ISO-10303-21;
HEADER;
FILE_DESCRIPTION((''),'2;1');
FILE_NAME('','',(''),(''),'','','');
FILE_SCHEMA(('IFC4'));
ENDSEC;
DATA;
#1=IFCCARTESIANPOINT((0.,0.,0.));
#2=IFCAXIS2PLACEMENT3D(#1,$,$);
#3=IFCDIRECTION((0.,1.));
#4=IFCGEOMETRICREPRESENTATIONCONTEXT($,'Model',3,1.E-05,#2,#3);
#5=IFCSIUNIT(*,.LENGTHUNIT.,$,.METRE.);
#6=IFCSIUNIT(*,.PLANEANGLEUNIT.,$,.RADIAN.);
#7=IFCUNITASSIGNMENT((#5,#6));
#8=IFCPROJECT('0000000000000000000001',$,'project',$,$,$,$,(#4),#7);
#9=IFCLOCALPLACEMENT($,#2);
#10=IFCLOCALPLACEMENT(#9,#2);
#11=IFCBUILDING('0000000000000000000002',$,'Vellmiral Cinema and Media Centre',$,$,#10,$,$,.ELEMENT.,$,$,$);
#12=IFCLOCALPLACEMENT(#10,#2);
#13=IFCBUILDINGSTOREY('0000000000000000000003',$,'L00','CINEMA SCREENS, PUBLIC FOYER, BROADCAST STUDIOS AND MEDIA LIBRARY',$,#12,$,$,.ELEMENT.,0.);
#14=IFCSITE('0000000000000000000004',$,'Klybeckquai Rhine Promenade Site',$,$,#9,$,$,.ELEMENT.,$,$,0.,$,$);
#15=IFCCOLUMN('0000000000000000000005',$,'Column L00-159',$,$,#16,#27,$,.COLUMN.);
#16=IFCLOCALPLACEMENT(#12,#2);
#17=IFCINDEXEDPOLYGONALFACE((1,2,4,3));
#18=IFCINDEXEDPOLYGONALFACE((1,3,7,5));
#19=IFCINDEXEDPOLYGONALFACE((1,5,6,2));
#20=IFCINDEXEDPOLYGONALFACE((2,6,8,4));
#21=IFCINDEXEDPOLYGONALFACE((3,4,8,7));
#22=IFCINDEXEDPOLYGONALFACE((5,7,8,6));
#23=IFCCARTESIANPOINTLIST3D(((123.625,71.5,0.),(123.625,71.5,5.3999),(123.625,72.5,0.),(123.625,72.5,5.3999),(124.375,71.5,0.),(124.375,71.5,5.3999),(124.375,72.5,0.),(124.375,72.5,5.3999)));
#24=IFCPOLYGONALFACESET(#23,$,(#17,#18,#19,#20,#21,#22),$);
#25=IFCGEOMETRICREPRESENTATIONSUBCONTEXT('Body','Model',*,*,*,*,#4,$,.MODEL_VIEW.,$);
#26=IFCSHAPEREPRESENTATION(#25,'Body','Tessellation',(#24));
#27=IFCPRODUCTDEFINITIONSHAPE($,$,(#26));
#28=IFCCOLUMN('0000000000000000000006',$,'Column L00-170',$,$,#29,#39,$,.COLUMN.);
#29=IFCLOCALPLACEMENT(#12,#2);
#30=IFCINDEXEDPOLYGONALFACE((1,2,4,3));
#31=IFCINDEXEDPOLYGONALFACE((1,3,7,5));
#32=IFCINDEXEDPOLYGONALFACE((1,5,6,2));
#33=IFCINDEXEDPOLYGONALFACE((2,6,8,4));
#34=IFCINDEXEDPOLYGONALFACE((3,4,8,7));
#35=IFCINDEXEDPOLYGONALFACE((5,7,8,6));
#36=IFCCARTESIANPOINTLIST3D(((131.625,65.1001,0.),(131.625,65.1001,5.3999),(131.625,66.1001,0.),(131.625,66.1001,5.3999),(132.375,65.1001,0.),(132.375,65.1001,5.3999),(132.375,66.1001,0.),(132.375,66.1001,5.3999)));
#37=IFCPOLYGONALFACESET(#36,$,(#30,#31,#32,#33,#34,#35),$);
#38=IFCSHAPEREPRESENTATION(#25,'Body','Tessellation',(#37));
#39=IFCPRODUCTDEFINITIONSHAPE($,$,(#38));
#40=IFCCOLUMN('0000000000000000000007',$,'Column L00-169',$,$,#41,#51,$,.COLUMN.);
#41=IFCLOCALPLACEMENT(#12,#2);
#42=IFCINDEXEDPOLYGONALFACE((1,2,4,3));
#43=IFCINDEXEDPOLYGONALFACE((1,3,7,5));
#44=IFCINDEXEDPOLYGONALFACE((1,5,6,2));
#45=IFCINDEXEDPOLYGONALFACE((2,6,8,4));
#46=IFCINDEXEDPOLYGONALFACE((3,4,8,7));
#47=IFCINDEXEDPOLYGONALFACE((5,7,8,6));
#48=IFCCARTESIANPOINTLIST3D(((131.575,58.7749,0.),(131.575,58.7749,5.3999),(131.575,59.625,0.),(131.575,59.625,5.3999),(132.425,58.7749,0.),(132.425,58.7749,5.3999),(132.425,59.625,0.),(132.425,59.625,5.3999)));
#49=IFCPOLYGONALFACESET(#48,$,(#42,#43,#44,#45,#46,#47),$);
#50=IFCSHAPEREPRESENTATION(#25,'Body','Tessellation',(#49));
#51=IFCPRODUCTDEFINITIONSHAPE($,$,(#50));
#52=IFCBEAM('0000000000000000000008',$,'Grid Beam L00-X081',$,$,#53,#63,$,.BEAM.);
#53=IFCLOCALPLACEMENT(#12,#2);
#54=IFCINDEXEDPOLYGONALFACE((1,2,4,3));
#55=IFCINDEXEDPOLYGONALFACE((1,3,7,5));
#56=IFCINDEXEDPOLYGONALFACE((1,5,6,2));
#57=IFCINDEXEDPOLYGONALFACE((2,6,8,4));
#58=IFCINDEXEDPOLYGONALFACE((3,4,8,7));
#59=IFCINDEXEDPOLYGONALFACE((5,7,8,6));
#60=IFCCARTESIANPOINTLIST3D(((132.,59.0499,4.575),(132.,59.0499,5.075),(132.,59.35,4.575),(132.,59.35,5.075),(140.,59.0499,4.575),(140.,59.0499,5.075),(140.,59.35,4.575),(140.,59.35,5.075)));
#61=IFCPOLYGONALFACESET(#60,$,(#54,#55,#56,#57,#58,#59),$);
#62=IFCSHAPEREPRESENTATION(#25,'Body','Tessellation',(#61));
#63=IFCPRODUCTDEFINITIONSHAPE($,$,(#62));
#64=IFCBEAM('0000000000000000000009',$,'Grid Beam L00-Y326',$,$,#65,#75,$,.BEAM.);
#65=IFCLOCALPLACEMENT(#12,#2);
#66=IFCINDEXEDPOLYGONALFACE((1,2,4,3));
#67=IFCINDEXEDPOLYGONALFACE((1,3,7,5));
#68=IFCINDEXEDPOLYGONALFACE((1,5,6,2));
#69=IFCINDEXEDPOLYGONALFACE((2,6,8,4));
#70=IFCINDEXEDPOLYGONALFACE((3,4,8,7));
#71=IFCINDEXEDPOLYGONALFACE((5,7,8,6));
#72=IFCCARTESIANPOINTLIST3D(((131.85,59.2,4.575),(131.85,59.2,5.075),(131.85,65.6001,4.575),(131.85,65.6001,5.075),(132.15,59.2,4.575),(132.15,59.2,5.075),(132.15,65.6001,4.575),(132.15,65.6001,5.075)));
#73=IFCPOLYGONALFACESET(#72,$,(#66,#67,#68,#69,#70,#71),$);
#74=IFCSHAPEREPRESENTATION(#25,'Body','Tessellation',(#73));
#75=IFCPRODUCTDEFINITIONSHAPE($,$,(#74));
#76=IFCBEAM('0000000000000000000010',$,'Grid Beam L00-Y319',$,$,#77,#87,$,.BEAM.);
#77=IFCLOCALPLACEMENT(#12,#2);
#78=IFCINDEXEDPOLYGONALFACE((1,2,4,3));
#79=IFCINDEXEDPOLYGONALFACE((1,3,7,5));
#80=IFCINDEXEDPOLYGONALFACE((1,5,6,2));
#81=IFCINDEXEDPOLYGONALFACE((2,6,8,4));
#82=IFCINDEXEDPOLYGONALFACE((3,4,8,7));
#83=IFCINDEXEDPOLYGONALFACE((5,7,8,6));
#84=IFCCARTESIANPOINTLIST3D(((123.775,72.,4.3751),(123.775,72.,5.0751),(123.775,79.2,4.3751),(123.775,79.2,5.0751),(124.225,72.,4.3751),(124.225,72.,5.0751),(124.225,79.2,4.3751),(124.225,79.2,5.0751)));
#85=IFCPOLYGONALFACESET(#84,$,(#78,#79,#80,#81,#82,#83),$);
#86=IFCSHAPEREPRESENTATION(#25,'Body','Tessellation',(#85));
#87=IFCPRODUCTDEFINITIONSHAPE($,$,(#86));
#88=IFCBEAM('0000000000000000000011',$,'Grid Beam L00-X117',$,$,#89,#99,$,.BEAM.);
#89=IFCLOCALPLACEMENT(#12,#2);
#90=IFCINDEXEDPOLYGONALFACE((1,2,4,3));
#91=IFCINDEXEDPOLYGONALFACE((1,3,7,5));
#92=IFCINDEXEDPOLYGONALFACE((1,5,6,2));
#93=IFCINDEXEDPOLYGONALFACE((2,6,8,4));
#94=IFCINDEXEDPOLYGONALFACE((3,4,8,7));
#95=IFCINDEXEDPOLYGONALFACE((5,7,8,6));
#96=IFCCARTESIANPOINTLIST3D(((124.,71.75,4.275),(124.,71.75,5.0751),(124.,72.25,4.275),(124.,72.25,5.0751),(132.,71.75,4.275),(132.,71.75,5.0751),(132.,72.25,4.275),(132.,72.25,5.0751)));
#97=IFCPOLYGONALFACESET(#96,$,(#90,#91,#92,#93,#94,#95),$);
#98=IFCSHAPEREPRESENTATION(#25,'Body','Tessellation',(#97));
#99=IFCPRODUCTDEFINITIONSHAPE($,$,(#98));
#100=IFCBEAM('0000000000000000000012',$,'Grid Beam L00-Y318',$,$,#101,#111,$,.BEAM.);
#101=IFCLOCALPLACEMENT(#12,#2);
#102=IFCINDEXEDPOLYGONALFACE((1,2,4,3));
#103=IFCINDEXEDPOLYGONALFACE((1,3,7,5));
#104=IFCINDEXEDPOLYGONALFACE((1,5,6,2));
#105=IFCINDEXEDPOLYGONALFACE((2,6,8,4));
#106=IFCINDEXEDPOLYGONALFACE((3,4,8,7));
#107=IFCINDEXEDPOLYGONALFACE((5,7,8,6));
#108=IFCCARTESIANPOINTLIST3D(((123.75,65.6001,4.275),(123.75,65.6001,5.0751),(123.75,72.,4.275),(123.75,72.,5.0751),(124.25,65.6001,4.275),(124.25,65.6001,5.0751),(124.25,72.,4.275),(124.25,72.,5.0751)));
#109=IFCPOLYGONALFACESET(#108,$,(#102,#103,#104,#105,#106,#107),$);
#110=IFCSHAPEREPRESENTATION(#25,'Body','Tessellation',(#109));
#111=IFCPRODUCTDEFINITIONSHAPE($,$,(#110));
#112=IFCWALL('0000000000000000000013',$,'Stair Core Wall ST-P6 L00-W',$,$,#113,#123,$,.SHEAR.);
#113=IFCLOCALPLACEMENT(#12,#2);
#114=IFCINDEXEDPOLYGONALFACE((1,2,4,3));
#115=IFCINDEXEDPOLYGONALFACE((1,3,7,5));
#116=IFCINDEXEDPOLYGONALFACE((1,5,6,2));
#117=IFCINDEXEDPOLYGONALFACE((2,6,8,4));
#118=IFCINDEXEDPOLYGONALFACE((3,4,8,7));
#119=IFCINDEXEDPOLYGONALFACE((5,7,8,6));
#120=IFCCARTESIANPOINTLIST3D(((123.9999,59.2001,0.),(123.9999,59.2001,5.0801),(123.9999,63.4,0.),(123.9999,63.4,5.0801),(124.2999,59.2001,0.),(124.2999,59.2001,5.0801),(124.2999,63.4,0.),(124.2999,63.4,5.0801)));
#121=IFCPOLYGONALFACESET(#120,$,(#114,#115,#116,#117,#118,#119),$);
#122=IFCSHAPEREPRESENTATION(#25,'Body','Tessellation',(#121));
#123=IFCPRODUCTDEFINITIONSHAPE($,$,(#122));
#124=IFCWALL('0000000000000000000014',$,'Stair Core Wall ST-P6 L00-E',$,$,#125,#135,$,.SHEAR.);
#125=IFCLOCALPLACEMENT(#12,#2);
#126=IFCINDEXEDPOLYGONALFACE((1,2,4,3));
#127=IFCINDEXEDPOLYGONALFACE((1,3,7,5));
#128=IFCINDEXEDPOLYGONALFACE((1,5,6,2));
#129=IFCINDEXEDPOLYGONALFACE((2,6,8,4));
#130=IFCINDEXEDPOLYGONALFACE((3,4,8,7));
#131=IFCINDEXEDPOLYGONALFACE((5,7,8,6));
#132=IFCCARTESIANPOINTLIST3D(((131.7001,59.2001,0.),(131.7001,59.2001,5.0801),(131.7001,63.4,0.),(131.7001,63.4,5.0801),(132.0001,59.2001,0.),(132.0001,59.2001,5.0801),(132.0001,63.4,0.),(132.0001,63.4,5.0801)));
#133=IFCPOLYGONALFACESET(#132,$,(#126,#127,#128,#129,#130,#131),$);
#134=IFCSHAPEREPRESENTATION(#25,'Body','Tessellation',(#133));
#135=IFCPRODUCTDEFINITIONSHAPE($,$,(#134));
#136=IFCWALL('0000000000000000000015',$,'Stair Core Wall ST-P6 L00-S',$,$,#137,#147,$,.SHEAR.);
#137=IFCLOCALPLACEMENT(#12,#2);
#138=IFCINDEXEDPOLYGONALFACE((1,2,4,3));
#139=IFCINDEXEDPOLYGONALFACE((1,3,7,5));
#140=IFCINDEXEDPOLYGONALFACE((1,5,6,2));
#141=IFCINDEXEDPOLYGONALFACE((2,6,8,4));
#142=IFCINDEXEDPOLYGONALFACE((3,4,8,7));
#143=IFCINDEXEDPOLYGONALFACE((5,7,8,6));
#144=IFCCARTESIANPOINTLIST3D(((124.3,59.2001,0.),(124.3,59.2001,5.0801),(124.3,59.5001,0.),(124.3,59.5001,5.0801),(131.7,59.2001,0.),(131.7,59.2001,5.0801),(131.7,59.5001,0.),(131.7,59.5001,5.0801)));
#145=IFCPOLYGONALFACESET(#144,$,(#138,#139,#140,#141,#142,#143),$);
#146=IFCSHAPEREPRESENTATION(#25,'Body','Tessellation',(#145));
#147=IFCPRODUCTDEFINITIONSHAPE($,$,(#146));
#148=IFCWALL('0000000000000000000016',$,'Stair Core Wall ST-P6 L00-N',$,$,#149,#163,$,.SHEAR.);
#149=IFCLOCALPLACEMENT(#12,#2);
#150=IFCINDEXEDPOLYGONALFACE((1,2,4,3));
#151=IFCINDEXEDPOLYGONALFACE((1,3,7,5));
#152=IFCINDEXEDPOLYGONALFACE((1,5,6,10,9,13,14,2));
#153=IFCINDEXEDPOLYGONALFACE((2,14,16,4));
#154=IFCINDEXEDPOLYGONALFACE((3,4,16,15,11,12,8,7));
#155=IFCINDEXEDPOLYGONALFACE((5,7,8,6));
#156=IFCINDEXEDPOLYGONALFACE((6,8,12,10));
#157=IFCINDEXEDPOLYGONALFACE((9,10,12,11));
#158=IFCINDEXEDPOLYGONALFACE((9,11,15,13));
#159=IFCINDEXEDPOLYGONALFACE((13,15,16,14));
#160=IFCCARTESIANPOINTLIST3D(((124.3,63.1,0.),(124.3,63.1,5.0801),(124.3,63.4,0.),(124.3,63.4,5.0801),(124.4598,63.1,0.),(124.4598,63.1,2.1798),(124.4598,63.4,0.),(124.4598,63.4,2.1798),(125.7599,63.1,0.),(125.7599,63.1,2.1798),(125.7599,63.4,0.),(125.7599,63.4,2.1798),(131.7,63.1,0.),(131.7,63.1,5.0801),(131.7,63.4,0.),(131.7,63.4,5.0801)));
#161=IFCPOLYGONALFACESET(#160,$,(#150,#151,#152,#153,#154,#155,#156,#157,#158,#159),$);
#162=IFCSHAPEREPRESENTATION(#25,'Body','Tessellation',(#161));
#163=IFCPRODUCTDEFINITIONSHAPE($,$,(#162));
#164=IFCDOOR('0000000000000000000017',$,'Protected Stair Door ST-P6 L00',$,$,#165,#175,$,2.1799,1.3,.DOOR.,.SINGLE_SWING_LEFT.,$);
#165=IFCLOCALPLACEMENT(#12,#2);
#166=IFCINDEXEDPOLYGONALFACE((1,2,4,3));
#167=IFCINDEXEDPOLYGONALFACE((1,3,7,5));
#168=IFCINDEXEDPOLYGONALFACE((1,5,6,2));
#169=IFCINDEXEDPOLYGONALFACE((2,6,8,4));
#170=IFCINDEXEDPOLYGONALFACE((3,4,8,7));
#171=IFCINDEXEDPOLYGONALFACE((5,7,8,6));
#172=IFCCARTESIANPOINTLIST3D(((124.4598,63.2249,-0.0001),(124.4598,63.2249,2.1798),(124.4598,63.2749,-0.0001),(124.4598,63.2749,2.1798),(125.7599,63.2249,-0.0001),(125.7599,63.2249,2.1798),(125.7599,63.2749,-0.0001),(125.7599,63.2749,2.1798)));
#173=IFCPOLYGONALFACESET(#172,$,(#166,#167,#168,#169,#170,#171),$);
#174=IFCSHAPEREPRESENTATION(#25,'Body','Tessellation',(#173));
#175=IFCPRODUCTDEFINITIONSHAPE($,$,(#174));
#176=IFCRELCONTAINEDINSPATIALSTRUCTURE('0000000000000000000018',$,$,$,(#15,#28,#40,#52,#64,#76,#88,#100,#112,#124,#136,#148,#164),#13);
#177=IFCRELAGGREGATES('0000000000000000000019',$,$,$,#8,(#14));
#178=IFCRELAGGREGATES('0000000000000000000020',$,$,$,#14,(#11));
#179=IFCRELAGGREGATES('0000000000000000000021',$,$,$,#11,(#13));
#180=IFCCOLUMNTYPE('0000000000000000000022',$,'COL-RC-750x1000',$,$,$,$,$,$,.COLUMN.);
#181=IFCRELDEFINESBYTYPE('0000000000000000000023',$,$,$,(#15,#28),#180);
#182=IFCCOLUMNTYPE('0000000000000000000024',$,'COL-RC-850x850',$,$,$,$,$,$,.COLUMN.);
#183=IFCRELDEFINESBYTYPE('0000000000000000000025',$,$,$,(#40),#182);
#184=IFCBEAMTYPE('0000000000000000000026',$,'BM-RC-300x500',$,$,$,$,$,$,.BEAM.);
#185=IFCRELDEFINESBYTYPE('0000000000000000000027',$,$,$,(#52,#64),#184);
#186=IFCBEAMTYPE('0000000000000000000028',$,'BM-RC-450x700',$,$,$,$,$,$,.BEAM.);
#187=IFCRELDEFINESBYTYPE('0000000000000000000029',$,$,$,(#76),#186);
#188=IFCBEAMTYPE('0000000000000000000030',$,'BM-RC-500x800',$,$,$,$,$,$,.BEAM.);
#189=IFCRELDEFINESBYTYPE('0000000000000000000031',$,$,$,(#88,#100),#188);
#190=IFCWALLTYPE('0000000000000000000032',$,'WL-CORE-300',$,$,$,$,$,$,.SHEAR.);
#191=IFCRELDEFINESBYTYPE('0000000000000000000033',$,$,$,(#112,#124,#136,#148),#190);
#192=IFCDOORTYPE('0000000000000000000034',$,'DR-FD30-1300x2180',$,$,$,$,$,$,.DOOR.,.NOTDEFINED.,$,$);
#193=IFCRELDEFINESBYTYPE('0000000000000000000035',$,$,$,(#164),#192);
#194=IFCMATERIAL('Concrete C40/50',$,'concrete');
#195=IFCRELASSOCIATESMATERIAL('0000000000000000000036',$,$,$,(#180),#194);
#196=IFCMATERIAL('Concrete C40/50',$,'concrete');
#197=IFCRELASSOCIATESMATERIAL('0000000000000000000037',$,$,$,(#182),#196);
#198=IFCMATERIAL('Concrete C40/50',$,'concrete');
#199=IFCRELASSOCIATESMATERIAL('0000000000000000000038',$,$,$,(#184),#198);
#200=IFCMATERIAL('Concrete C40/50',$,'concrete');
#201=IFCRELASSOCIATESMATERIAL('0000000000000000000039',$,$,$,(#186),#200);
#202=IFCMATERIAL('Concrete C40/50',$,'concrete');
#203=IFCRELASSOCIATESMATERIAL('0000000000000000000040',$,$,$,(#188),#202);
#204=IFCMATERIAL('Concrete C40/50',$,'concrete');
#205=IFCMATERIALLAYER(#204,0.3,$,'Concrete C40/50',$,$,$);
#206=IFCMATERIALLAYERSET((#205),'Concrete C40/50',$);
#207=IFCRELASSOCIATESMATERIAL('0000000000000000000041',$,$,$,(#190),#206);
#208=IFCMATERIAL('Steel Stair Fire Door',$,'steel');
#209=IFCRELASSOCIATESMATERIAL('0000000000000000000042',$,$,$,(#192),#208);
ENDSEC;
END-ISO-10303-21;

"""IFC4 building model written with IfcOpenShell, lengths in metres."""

from ifc_helpers import new_model, si_unit, direction, frame, frame_2d, origin, origin_2d, place, context, subcontext, project, spatial, rectangle, extrude, material, layer, layer_set, material_profile, profile_set, type_object, element, fill, save


model = new_model("IFC4")

# Units and contexts
model_context = context("Model", 3, precision=1e-05, world=origin(), true_north=direction((0.0, 1.0)))
body_context = subcontext(model_context, "Body", "Model", "MODEL_VIEW")
ifc_project = project(units=[si_unit("LENGTHUNIT", "METRE"), si_unit("PLANEANGLEUNIT", "RADIAN")], contexts=[model_context])

# Site, building, storey
site_placement = place(None, origin())
site = spatial("IfcSite", under=ifc_project, at=site_placement, Name="Klybeckquai Rhine Promenade Site", CompositionType="ELEMENT", RefElevation=0.0)
building_placement = place(site_placement, origin())
building = spatial("IfcBuilding", under=site, at=building_placement, Name="Vellmiral Cinema and Media Centre", CompositionType="ELEMENT")
storey_placement = place(building_placement, origin())
storey = spatial("IfcBuildingStorey", under=building, at=storey_placement, Name="L00", Description="CINEMA SCREENS, PUBLIC FOYER, BROADCAST STUDIOS AND MEDIA LIBRARY", CompositionType="ELEMENT", Elevation=0.0)

# Columns
ifc_material_1 = material(Name="Concrete C40/50", Category="concrete")
ifc_material_profile_1 = material_profile(ifc_material_1, rectangle(XDim=0.75, YDim=1.0, at=origin_2d()), Name="RC 750x1000")
ifc_profile_set_1 = profile_set([ifc_material_profile_1], Name="Concrete C40/50")
column_type_1 = type_object("IfcColumnType", Name="COL-RC-750x1000", PredefinedType="COLUMN", material=ifc_profile_set_1)
for number, where, z_axis, x_axis, name in (
    (1, (124.0, 72.0, 0.0), (0.0, 0.0, 1.0), (1.0, 0.0, 0.0), "Column L00-159"),
    (2, (132.0, 65.6001, 0.0), (0.0, 0.0, 1.0), (1.0, 0.0, 0.0), "Column L00-170"),
):
    element("IfcColumn", number, at=place(storey_placement, frame(where, z_axis=z_axis, x_axis=x_axis)), inside=storey, type_object=column_type_1, Name=name, PredefinedType="COLUMN", context=body_context, shape_type="SweptSolid", body=[
        extrude(rectangle(XDim=0.75, YDim=1.0, at=origin_2d()), origin(), (0.0, 0.0, 1.0), 5.3999),
    ])
ifc_material_2 = material(Name="Concrete C40/50", Category="concrete")
ifc_material_profile_2 = material_profile(ifc_material_2, rectangle(XDim=0.8501, YDim=0.8501, at=origin_2d()), Name="RC 850x850")
ifc_profile_set_2 = profile_set([ifc_material_profile_2], Name="Concrete C40/50")
column_type_2 = type_object("IfcColumnType", Name="COL-RC-850x850", PredefinedType="COLUMN", material=ifc_profile_set_2)
column_placement = place(storey_placement, frame((132.0, 59.2, 0.0), z_axis=(0.0, 0.0, 1.0), x_axis=(1.0, 0.0, 0.0)))
element("IfcColumn", 3, at=column_placement, inside=storey, type_object=column_type_2, Name="Column L00-169", PredefinedType="COLUMN", context=body_context, shape_type="SweptSolid", body=[
    extrude(rectangle(XDim=0.8501, YDim=0.8501, at=origin_2d()), origin(), (0.0, 0.0, 1.0), 5.3999),
])

# Beams
ifc_material_3 = material(Name="Concrete C40/50", Category="concrete")
ifc_material_profile_3 = material_profile(ifc_material_3, rectangle(XDim=0.3, YDim=0.5, at=origin_2d()), Name="RC 300x500")
ifc_profile_set_3 = profile_set([ifc_material_profile_3], Name="Concrete C40/50")
beam_type_1 = type_object("IfcBeamType", Name="BM-RC-300x500", PredefinedType="BEAM", material=ifc_profile_set_3)
beam_1_placement = place(storey_placement, frame((132.0, 59.2, 4.825), z_axis=(1.0, 0.0, 0.0), x_axis=(0.0, 1.0, 0.0)))
element("IfcBeam", 4, at=beam_1_placement, inside=storey, type_object=beam_type_1, Name="Grid Beam L00-X081", PredefinedType="BEAM", context=body_context, shape_type="SweptSolid", body=[
    extrude(rectangle(XDim=0.3, YDim=0.5, at=origin_2d()), origin(), (0.0, 0.0, 1.0), 8.0),
])
beam_2_placement = place(storey_placement, frame((132.0, 59.2, 4.825), z_axis=(0.0, 1.0, 0.0), x_axis=(-1.0, 0.0, 0.0)))
element("IfcBeam", 5, at=beam_2_placement, inside=storey, type_object=beam_type_1, Name="Grid Beam L00-Y326", PredefinedType="BEAM", context=body_context, shape_type="SweptSolid", body=[
    extrude(rectangle(XDim=0.3, YDim=0.5, at=origin_2d()), origin(), (0.0, 0.0, 1.0), 6.4001),
])
ifc_material_4 = material(Name="Concrete C40/50", Category="concrete")
ifc_material_profile_4 = material_profile(ifc_material_4, rectangle(XDim=0.45, YDim=0.7, at=origin_2d()), Name="RC 450x700")
ifc_profile_set_4 = profile_set([ifc_material_profile_4], Name="Concrete C40/50")
beam_type_2 = type_object("IfcBeamType", Name="BM-RC-450x700", PredefinedType="BEAM", material=ifc_profile_set_4)
beam_3_placement = place(storey_placement, frame((124.0, 72.0, 4.7251), z_axis=(0.0, 1.0, 0.0), x_axis=(-1.0, 0.0, 0.0)))
element("IfcBeam", 6, at=beam_3_placement, inside=storey, type_object=beam_type_2, Name="Grid Beam L00-Y319", PredefinedType="BEAM", context=body_context, shape_type="SweptSolid", body=[
    extrude(rectangle(XDim=0.45, YDim=0.7, at=origin_2d()), origin(), (0.0, 0.0, 1.0), 7.2),
])
ifc_material_5 = material(Name="Concrete C40/50", Category="concrete")
ifc_material_profile_5 = material_profile(ifc_material_5, rectangle(XDim=0.5, YDim=0.8, at=origin_2d()), Name="RC 500x800")
ifc_profile_set_5 = profile_set([ifc_material_profile_5], Name="Concrete C40/50")
beam_type_3 = type_object("IfcBeamType", Name="BM-RC-500x800", PredefinedType="BEAM", material=ifc_profile_set_5)
beam_4_placement = place(storey_placement, frame((124.0, 72.0, 4.675), z_axis=(1.0, 0.0, 0.0), x_axis=(0.0, 1.0, 0.0)))
element("IfcBeam", 7, at=beam_4_placement, inside=storey, type_object=beam_type_3, Name="Grid Beam L00-X117", PredefinedType="BEAM", context=body_context, shape_type="SweptSolid", body=[
    extrude(rectangle(XDim=0.5, YDim=0.8, at=origin_2d()), origin(), (0.0, 0.0, 1.0), 8.0),
])
beam_5_placement = place(storey_placement, frame((124.0, 65.6001, 4.675), z_axis=(0.0, 1.0, 0.0), x_axis=(-1.0, 0.0, 0.0)))
element("IfcBeam", 8, at=beam_5_placement, inside=storey, type_object=beam_type_3, Name="Grid Beam L00-Y318", PredefinedType="BEAM", context=body_context, shape_type="SweptSolid", body=[
    extrude(rectangle(XDim=0.5, YDim=0.8, at=origin_2d()), origin(), (0.0, 0.0, 1.0), 6.3999),
])

# Walls
ifc_material_6 = material(Name="Concrete C40/50", Category="concrete")
ifc_layer_1 = layer(ifc_material_6, 0.3, Name="Concrete C40/50")
ifc_layer_set_1 = layer_set([ifc_layer_1], Name="Concrete C40/50")
wall_type_1 = type_object("IfcWallType", Name="WL-CORE-300", PredefinedType="SHEAR", material=ifc_layer_set_1)
for number, where, z_axis, x_axis, name in (
    (9, (124.1499, 59.2, 0.0), (0.0, 0.0, 1.0), (0.0, 1.0, 0.0), "Stair Core Wall ST-P6 L00-W"),
    (10, (131.8501, 59.2, 0.0), (0.0, 0.0, 1.0), (0.0, 1.0, 0.0), "Stair Core Wall ST-P6 L00-E"),
):
    element("IfcWall", number, at=place(storey_placement, frame(where, z_axis=z_axis, x_axis=x_axis)), inside=storey, type_object=wall_type_1, Name=name, PredefinedType="SHEAR", context=body_context, shape_type="SweptSolid", body=[
        extrude(rectangle(XDim=4.2, YDim=0.3, at=frame_2d((2.1001, 0.0))), origin(), (0.0, 0.0, 1.0), 5.0801),
    ])
wall_1_placement = place(storey_placement, frame((124.3, 59.3501, 0.0), z_axis=(0.0, 0.0, 1.0), x_axis=(1.0, 0.0, 0.0)))
element("IfcWall", 11, at=wall_1_placement, inside=storey, type_object=wall_type_1, Name="Stair Core Wall ST-P6 L00-S", PredefinedType="SHEAR", context=body_context, shape_type="SweptSolid", body=[
    extrude(rectangle(XDim=7.3999, YDim=0.3, at=frame_2d((3.7, 0.0))), origin(), (0.0, 0.0, 1.0), 5.0801),
])

# Wall, opening, door
wall_2_placement = place(storey_placement, frame((124.3, 63.25, 0.0), z_axis=(0.0, 0.0, 1.0), x_axis=(1.0, 0.0, 0.0)))
wall_2 = element("IfcWall", 12, at=wall_2_placement, inside=storey, type_object=wall_type_1, Name="Stair Core Wall ST-P6 L00-N", PredefinedType="SHEAR", context=body_context, shape_type="SweptSolid", body=[
    extrude(rectangle(XDim=7.3999, YDim=0.3, at=frame_2d((3.7, 0.0))), origin(), (0.0, 0.0, 1.0), 5.0801),
])
opening_1_placement = place(wall_2_placement, frame((0.1599, 0.0, 0.0)))
opening_1 = element("IfcOpeningElement", 13, at=opening_1_placement, cuts=wall_2, PredefinedType="OPENING", context=body_context, shape_type="SweptSolid", body=[
    extrude(rectangle(XDim=1.3, YDim=2.1799, at=frame_2d((0.6499, 1.0898))), frame((0.0, 0.1621, 0.0), z_axis=(0.0, -1.0, 0.0), x_axis=(1.0, 0.0, 0.0)), (0.0, 0.0, 1.0), 0.324),
])
ifc_material_7 = material(Name="Steel Stair Fire Door", Category="steel")
door_type_1 = type_object("IfcDoorType", Name="DR-FD30-1300x2180", OperationType="NOTDEFINED", PredefinedType="DOOR", material=ifc_material_7)
door_1_placement = place(opening_1_placement, origin())
door_1 = element("IfcDoor", 14, at=door_1_placement, inside=storey, type_object=door_type_1, Name="Protected Stair Door ST-P6 L00", OperationType="SINGLE_SWING_LEFT", OverallHeight=2.1799, OverallWidth=1.3, PredefinedType="DOOR", context=body_context, shape_type="SweptSolid", body=[
    extrude(rectangle(XDim=1.3, YDim=2.1799, at=frame_2d((0.6499, 1.0898))), frame((0.0, 0.0249, 0.0), z_axis=(0.0, -1.0, 0.0), x_axis=(1.0, 0.0, 0.0)), (0.0, 0.0, 1.0), 0.05),
])
fill(opening_1, door_1)

save(model, "model.ifc")
